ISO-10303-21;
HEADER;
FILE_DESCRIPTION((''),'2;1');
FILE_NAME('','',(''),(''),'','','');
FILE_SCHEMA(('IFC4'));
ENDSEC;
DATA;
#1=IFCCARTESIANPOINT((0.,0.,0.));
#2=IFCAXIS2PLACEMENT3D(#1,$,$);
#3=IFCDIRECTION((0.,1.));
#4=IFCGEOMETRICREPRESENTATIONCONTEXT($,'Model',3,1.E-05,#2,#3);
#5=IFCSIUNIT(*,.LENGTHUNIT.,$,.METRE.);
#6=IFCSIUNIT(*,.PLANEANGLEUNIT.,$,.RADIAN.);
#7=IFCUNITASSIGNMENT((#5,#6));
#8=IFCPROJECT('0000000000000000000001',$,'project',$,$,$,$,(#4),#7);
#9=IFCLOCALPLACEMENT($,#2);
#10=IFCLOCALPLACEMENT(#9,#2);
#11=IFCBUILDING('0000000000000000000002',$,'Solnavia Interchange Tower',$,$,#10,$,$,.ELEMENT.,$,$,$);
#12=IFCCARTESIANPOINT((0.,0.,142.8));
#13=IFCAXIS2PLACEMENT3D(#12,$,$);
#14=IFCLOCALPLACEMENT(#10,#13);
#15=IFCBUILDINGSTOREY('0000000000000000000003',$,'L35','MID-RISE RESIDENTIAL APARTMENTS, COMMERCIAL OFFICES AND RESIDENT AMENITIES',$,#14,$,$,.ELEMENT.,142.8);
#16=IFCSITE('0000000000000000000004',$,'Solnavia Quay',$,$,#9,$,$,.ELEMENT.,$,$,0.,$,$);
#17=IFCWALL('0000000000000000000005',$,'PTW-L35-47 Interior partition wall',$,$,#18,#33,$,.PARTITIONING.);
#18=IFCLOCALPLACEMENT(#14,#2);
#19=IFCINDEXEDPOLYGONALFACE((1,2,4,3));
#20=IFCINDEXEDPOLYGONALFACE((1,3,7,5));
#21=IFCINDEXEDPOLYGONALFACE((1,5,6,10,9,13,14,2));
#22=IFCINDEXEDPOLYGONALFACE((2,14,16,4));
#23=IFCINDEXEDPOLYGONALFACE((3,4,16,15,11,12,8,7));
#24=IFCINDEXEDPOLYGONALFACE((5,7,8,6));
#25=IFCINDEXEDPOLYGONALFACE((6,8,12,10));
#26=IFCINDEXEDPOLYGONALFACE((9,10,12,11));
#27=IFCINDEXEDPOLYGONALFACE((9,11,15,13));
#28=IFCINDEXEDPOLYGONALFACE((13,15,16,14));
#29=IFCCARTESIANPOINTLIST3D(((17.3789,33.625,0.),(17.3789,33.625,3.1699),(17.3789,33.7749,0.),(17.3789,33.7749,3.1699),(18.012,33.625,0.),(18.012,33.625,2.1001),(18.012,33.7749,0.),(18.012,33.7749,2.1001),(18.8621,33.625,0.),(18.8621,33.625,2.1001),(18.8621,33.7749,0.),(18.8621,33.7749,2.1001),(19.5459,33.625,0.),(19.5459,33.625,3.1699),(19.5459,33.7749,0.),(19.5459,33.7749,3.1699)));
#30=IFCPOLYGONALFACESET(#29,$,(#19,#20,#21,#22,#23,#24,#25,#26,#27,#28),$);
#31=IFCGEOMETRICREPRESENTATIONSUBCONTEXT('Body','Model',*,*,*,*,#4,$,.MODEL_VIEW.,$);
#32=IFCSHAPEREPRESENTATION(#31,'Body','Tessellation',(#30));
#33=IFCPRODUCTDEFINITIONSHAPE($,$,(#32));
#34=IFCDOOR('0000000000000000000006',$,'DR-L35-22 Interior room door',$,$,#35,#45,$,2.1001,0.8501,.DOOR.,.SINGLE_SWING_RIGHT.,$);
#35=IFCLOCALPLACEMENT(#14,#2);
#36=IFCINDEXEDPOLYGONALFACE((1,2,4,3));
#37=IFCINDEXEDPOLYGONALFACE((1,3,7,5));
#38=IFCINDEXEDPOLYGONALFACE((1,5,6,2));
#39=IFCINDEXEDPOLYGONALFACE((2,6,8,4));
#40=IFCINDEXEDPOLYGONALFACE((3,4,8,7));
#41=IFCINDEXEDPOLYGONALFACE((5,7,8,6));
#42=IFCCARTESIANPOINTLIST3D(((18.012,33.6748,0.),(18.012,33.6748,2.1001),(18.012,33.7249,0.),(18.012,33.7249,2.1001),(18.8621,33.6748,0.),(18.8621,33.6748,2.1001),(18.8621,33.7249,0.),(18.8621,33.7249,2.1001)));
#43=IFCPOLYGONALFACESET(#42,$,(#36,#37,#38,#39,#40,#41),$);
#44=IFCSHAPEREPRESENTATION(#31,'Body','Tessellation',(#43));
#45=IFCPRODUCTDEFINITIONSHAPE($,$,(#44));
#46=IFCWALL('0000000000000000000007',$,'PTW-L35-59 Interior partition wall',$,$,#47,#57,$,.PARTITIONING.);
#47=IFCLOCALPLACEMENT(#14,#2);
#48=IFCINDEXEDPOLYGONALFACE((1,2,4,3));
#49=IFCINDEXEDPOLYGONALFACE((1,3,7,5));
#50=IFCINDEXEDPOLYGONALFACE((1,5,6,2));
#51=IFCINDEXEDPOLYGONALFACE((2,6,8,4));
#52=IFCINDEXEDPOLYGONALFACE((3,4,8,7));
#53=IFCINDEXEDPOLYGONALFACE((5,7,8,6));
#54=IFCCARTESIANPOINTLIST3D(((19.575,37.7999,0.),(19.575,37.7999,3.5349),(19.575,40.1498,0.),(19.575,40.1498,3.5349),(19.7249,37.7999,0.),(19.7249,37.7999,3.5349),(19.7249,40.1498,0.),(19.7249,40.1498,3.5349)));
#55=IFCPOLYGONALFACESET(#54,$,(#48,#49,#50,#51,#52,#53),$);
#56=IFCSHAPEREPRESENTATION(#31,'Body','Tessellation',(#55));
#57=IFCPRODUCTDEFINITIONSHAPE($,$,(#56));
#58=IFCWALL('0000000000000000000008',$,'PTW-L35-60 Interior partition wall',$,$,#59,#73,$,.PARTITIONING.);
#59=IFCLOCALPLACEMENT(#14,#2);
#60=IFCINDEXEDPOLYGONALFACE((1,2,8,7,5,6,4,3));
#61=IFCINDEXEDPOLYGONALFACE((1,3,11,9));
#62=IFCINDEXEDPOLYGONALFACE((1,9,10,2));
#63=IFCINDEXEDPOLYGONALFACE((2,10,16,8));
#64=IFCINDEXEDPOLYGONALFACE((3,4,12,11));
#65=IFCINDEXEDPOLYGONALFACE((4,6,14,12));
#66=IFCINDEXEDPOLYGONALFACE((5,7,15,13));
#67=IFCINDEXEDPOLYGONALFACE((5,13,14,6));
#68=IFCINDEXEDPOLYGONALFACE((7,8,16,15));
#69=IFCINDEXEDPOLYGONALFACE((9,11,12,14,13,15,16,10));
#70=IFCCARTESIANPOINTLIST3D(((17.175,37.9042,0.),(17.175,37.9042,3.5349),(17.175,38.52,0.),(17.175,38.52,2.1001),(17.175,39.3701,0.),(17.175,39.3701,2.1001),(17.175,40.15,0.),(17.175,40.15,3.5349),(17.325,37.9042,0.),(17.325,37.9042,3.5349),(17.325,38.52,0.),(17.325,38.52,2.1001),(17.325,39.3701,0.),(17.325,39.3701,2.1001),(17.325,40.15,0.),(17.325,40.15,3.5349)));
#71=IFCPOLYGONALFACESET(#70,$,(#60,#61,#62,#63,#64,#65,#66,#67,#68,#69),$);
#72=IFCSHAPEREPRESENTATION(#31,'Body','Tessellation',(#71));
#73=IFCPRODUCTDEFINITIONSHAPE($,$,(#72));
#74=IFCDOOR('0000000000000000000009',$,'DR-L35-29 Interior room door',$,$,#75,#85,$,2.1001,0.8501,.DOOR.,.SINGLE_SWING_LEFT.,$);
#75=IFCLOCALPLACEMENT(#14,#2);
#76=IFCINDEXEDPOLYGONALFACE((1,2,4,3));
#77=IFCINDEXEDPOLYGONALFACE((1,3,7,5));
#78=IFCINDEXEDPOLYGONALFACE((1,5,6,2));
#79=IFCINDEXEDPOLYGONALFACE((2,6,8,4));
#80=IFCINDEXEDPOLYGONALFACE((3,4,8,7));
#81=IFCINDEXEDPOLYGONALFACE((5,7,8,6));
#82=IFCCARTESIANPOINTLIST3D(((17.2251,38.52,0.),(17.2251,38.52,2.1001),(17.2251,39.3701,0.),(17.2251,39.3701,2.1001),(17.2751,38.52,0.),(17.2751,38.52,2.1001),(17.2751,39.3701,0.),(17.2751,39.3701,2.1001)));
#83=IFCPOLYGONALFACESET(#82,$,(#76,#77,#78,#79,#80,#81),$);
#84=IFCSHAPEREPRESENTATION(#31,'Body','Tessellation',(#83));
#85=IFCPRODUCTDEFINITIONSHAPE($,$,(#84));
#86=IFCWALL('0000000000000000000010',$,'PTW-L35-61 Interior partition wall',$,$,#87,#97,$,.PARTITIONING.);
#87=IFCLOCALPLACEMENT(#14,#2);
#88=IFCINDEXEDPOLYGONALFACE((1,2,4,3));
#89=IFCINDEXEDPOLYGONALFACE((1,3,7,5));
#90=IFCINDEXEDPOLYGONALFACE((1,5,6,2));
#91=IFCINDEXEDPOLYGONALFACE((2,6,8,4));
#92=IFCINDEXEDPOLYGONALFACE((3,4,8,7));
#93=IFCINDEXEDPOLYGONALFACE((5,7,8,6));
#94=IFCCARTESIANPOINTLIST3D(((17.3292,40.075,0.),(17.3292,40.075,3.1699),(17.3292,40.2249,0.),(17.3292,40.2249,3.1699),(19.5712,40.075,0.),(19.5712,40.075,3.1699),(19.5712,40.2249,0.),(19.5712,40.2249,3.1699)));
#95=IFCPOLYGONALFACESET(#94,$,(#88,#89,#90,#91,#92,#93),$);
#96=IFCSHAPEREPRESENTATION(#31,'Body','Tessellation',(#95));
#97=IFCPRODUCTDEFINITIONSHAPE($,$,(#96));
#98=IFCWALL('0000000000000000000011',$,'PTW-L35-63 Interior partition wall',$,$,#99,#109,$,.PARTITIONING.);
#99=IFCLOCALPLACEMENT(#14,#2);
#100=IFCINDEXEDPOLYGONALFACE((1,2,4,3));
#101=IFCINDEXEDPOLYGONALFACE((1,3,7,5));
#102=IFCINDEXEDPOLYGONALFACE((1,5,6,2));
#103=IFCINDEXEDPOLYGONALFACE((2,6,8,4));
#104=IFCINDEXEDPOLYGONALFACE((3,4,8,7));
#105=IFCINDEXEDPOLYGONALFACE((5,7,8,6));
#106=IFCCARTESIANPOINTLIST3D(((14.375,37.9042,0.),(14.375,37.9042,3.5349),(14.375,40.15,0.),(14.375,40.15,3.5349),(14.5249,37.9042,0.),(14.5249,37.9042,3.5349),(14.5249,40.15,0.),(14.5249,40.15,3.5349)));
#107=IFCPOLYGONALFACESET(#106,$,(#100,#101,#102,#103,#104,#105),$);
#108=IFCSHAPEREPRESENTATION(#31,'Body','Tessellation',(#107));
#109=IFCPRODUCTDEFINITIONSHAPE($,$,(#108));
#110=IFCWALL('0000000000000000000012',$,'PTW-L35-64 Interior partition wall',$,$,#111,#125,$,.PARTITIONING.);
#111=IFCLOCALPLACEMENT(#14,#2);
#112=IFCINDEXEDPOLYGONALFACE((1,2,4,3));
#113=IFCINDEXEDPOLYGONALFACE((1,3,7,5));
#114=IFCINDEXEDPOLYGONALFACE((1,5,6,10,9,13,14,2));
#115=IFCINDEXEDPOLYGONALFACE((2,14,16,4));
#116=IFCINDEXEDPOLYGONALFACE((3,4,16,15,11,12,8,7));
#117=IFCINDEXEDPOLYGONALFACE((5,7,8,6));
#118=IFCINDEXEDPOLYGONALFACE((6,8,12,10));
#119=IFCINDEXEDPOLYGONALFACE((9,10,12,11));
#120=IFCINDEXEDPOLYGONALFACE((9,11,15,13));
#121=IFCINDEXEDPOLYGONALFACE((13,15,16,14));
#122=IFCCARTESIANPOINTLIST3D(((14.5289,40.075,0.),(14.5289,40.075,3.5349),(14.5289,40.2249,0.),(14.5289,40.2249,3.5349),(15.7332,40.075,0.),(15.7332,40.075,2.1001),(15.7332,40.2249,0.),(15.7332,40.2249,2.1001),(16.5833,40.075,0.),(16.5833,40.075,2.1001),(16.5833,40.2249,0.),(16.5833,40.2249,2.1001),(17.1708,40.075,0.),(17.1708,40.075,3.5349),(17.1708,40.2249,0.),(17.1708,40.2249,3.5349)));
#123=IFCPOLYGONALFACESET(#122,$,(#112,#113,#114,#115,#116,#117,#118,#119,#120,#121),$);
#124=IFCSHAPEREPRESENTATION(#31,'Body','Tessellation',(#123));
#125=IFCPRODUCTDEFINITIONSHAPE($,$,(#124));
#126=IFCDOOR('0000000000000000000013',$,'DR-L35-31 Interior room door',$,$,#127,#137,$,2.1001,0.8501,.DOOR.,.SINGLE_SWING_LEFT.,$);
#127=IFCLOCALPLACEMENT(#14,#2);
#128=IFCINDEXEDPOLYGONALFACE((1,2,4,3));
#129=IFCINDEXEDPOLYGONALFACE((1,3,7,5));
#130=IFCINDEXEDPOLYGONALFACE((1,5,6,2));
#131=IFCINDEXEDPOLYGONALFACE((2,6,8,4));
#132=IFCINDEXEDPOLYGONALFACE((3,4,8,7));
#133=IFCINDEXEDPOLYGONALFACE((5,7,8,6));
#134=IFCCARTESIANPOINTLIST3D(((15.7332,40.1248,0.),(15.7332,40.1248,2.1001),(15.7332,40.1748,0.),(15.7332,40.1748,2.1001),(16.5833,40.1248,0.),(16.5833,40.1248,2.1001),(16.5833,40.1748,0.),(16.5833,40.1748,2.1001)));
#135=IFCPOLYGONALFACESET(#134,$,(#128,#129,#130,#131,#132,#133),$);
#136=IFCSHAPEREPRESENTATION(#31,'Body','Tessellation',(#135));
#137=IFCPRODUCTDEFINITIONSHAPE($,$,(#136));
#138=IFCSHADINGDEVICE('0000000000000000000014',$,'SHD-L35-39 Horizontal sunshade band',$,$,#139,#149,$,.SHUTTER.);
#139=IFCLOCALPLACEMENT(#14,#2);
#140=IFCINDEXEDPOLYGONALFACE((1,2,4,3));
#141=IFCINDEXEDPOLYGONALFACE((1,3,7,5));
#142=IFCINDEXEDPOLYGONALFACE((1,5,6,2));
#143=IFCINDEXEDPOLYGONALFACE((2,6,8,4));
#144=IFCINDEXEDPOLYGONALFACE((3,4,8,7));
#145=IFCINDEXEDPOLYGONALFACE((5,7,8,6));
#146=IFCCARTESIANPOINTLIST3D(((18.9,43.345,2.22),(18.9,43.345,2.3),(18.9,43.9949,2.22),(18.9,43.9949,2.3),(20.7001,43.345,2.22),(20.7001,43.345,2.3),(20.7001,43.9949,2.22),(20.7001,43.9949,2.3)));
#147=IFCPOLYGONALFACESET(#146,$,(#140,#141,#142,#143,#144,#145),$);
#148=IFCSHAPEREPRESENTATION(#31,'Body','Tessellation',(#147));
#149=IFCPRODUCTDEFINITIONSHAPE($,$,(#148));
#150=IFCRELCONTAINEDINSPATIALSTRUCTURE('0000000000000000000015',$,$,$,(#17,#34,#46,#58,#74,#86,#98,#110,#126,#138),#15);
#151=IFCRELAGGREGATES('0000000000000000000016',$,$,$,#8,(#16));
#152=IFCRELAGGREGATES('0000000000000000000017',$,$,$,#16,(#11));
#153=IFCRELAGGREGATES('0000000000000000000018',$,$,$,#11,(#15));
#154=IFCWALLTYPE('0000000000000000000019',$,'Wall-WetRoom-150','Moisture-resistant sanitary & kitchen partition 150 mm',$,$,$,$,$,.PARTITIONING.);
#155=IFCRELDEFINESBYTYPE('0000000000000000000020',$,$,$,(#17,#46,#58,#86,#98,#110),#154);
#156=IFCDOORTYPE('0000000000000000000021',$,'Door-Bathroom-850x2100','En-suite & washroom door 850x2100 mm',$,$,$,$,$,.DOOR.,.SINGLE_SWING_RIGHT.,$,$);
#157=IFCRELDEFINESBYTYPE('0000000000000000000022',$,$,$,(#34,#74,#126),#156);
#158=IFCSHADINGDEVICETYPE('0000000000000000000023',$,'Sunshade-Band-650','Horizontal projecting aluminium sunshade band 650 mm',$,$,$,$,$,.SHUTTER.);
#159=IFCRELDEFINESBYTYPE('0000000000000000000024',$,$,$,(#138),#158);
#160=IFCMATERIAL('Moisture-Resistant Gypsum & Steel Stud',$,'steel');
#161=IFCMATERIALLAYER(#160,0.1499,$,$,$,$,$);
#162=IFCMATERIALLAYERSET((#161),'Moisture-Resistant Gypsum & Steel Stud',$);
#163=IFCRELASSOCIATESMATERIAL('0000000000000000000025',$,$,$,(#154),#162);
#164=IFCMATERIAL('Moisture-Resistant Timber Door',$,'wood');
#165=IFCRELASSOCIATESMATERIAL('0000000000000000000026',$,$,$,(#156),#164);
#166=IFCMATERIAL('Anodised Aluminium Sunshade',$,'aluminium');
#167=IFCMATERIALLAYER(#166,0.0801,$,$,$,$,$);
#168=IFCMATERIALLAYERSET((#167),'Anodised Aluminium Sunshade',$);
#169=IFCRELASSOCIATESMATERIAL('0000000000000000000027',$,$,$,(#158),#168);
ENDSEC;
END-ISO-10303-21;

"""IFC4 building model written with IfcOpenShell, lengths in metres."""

from ifc_helpers import new_model, si_unit, direction, frame, frame_2d, origin, origin_2d, place, context, subcontext, project, spatial, rectangle, extrude, material, layer, layer_set, type_object, element, fill, save


model = new_model("IFC4")

# Units and contexts
model_context = context("Model", 3, precision=1e-05, world=origin(), true_north=direction((0.0, 1.0)))
body_context = subcontext(model_context, "Body", "Model", "MODEL_VIEW")
ifc_project = project(units=[si_unit("LENGTHUNIT", "METRE"), si_unit("PLANEANGLEUNIT", "RADIAN")], contexts=[model_context])

# Site, building, storey
site_placement = place(None, origin())
site = spatial("IfcSite", under=ifc_project, at=site_placement, Name="Solnavia Quay", CompositionType="ELEMENT", RefElevation=0.0)
building_placement = place(site_placement, origin())
building = spatial("IfcBuilding", under=site, at=building_placement, Name="Solnavia Interchange Tower", CompositionType="ELEMENT")
storey_placement = place(building_placement, frame((0.0, 0.0, 142.8)))
storey = spatial("IfcBuildingStorey", under=building, at=storey_placement, Name="L35", Description="MID-RISE RESIDENTIAL APARTMENTS, COMMERCIAL OFFICES AND RESIDENT AMENITIES", CompositionType="ELEMENT", Elevation=142.8)

# Wall, opening, door
ifc_material_1 = material(Name="Moisture-Resistant Gypsum & Steel Stud", Category="steel")
ifc_layer_1 = layer(ifc_material_1, 0.1499)
ifc_layer_set_1 = layer_set([ifc_layer_1], Name="Moisture-Resistant Gypsum & Steel Stud")
wall_type_1 = type_object("IfcWallType", Name="Wall-WetRoom-150", Description="Moisture-resistant sanitary & kitchen partition 150 mm", PredefinedType="PARTITIONING", material=ifc_layer_set_1)
wall_1_placement = place(storey_placement, frame((17.3789, 33.7, 0.0), z_axis=(0.0, 0.0, 1.0), x_axis=(1.0, 0.0, 0.0)))
wall_1 = element("IfcWall", 1, at=wall_1_placement, inside=storey, type_object=wall_type_1, Name="PTW-L35-47 Interior partition wall", PredefinedType="PARTITIONING", context=body_context, shape_type="SweptSolid", body=[
    extrude(rectangle(XDim=2.167, YDim=0.1499, at=frame_2d((1.0835, 0.0))), origin(), (0.0, 0.0, 1.0), 3.1699),
])
opening_1_placement = place(wall_1_placement, frame((0.6331, 0.0, 0.0)))
opening_1 = element("IfcOpeningElement", 2, at=opening_1_placement, cuts=wall_1, PredefinedType="OPENING", context=body_context, shape_type="SweptSolid", body=[
    extrude(rectangle(XDim=0.8501, YDim=2.1001, at=frame_2d((0.425, 1.05))), frame((0.0, 0.085, 0.0), z_axis=(0.0, -1.0, 0.0), x_axis=(1.0, 0.0, 0.0)), (0.0, 0.0, 1.0), 0.1699),
])
ifc_material_2 = material(Name="Moisture-Resistant Timber Door", Category="wood")
door_type_1 = type_object("IfcDoorType", Name="Door-Bathroom-850x2100", Description="En-suite & washroom door 850x2100 mm", OperationType="SINGLE_SWING_RIGHT", PredefinedType="DOOR", material=ifc_material_2)
door_1_placement = place(opening_1_placement, origin())
door_1 = element("IfcDoor", 3, at=door_1_placement, inside=storey, type_object=door_type_1, Name="DR-L35-22 Interior room door", OperationType="SINGLE_SWING_RIGHT", OverallHeight=2.1001, OverallWidth=0.8501, PredefinedType="DOOR", context=body_context, shape_type="SweptSolid", body=[
    extrude(rectangle(XDim=0.8501, YDim=2.1001, at=frame_2d((0.425, 1.05))), frame((0.0, 0.0249, 0.0), z_axis=(0.0, -1.0, 0.0), x_axis=(1.0, 0.0, 0.0)), (0.0, 0.0, 1.0), 0.05),
])
fill(opening_1, door_1)

# Wall
wall_2_placement = place(storey_placement, frame((19.6499, 37.8, 0.0), z_axis=(0.0, 0.0, 1.0), x_axis=(0.0, 1.0, 0.0)))
element("IfcWall", 4, at=wall_2_placement, inside=storey, type_object=wall_type_1, Name="PTW-L35-59 Interior partition wall", PredefinedType="PARTITIONING", context=body_context, shape_type="SweptSolid", body=[
    extrude(rectangle(XDim=2.3499, YDim=0.1499, at=frame_2d((1.1748, 0.0))), origin(), (0.0, 0.0, 1.0), 3.5349),
])

# Wall, opening, door
wall_3_placement = place(storey_placement, frame((17.25, 37.9041, 0.0), z_axis=(0.0, 0.0, 1.0), x_axis=(0.0, 1.0, 0.0)))
wall_3 = element("IfcWall", 5, at=wall_3_placement, inside=storey, type_object=wall_type_1, Name="PTW-L35-60 Interior partition wall", PredefinedType="PARTITIONING", context=body_context, shape_type="SweptSolid", body=[
    extrude(rectangle(XDim=2.2458, YDim=0.1499, at=frame_2d((1.123, 0.0))), origin(), (0.0, 0.0, 1.0), 3.5349),
])
opening_2_placement = place(wall_3_placement, frame((0.616, 0.0, 0.0)))
opening_2 = element("IfcOpeningElement", 6, at=opening_2_placement, cuts=wall_3, PredefinedType="OPENING", context=body_context, shape_type="SweptSolid", body=[
    extrude(rectangle(XDim=0.8501, YDim=2.1001, at=frame_2d((0.425, 1.05))), frame((0.0, 0.085, 0.0), z_axis=(0.0, -1.0, 0.0), x_axis=(1.0, 0.0, 0.0)), (0.0, 0.0, 1.0), 0.1699),
])
door_2_placement = place(opening_2_placement, origin())
door_2 = element("IfcDoor", 7, at=door_2_placement, inside=storey, type_object=door_type_1, Name="DR-L35-29 Interior room door", OperationType="SINGLE_SWING_LEFT", OverallHeight=2.1001, OverallWidth=0.8501, PredefinedType="DOOR", context=body_context, shape_type="SweptSolid", body=[
    extrude(rectangle(XDim=0.8501, YDim=2.1001, at=frame_2d((0.425, 1.05))), frame((0.0, 0.0249, 0.0), z_axis=(0.0, -1.0, 0.0), x_axis=(1.0, 0.0, 0.0)), (0.0, 0.0, 1.0), 0.05),
])
fill(opening_2, door_2)

# Walls
wall_4_placement = place(storey_placement, frame((17.3291, 40.1499, 0.0), z_axis=(0.0, 0.0, 1.0), x_axis=(1.0, 0.0, 0.0)))
element("IfcWall", 8, at=wall_4_placement, inside=storey, type_object=wall_type_1, Name="PTW-L35-61 Interior partition wall", PredefinedType="PARTITIONING", context=body_context, shape_type="SweptSolid", body=[
    extrude(rectangle(XDim=2.2419, YDim=0.1499, at=frame_2d((1.1211, 0.0))), origin(), (0.0, 0.0, 1.0), 3.1699),
])
wall_5_placement = place(storey_placement, frame((14.45, 37.9041, 0.0), z_axis=(0.0, 0.0, 1.0), x_axis=(0.0, 1.0, 0.0)))
element("IfcWall", 9, at=wall_5_placement, inside=storey, type_object=wall_type_1, Name="PTW-L35-63 Interior partition wall", PredefinedType="PARTITIONING", context=body_context, shape_type="SweptSolid", body=[
    extrude(rectangle(XDim=2.2458, YDim=0.1499, at=frame_2d((1.123, 0.0))), origin(), (0.0, 0.0, 1.0), 3.5349),
])

# Wall, opening, door
wall_6_placement = place(storey_placement, frame((14.5291, 40.1499, 0.0), z_axis=(0.0, 0.0, 1.0), x_axis=(1.0, 0.0, 0.0)))
wall_6 = element("IfcWall", 10, at=wall_6_placement, inside=storey, type_object=wall_type_1, Name="PTW-L35-64 Interior partition wall", PredefinedType="PARTITIONING", context=body_context, shape_type="SweptSolid", body=[
    extrude(rectangle(XDim=2.6418, YDim=0.1499, at=frame_2d((1.3208, 0.0))), origin(), (0.0, 0.0, 1.0), 3.5349),
])
opening_3_placement = place(wall_6_placement, frame((1.2041, 0.0, 0.0)))
opening_3 = element("IfcOpeningElement", 11, at=opening_3_placement, cuts=wall_6, PredefinedType="OPENING", context=body_context, shape_type="SweptSolid", body=[
    extrude(rectangle(XDim=0.8501, YDim=2.1001, at=frame_2d((0.425, 1.05))), frame((0.0, 0.085, 0.0), z_axis=(0.0, -1.0, 0.0), x_axis=(1.0, 0.0, 0.0)), (0.0, 0.0, 1.0), 0.1699),
])
door_3_placement = place(opening_3_placement, origin())
door_3 = element("IfcDoor", 12, at=door_3_placement, inside=storey, type_object=door_type_1, Name="DR-L35-31 Interior room door", OperationType="SINGLE_SWING_LEFT", OverallHeight=2.1001, OverallWidth=0.8501, PredefinedType="DOOR", context=body_context, shape_type="SweptSolid", body=[
    extrude(rectangle(XDim=0.8501, YDim=2.1001, at=frame_2d((0.425, 1.05))), frame((0.0, 0.0249, 0.0), z_axis=(0.0, -1.0, 0.0), x_axis=(1.0, 0.0, 0.0)), (0.0, 0.0, 1.0), 0.05),
])
fill(opening_3, door_3)

# Shading device
ifc_material_3 = material(Name="Anodised Aluminium Sunshade", Category="aluminium")
ifc_layer_2 = layer(ifc_material_3, 0.0801)
ifc_layer_set_2 = layer_set([ifc_layer_2], Name="Anodised Aluminium Sunshade")
shading_device_type = type_object("IfcShadingDeviceType", Name="Sunshade-Band-650", Description="Horizontal projecting aluminium sunshade band 650 mm", PredefinedType="SHUTTER", material=ifc_layer_set_2)
shading_device_placement = place(storey_placement, frame((19.8, 43.6699, 2.22), z_axis=(0.0, 0.0, 1.0), x_axis=(1.0, 0.0, 0.0)))
element("IfcShadingDevice", 13, at=shading_device_placement, inside=storey, type_object=shading_device_type, Name="SHD-L35-39 Horizontal sunshade band", PredefinedType="SHUTTER", context=body_context, shape_type="SweptSolid", body=[
    extrude(rectangle(XDim=1.8, YDim=0.6499, at=origin_2d()), origin(), (0.0, 0.0, 1.0), 0.0801),
])

save(model, "model.ifc")
